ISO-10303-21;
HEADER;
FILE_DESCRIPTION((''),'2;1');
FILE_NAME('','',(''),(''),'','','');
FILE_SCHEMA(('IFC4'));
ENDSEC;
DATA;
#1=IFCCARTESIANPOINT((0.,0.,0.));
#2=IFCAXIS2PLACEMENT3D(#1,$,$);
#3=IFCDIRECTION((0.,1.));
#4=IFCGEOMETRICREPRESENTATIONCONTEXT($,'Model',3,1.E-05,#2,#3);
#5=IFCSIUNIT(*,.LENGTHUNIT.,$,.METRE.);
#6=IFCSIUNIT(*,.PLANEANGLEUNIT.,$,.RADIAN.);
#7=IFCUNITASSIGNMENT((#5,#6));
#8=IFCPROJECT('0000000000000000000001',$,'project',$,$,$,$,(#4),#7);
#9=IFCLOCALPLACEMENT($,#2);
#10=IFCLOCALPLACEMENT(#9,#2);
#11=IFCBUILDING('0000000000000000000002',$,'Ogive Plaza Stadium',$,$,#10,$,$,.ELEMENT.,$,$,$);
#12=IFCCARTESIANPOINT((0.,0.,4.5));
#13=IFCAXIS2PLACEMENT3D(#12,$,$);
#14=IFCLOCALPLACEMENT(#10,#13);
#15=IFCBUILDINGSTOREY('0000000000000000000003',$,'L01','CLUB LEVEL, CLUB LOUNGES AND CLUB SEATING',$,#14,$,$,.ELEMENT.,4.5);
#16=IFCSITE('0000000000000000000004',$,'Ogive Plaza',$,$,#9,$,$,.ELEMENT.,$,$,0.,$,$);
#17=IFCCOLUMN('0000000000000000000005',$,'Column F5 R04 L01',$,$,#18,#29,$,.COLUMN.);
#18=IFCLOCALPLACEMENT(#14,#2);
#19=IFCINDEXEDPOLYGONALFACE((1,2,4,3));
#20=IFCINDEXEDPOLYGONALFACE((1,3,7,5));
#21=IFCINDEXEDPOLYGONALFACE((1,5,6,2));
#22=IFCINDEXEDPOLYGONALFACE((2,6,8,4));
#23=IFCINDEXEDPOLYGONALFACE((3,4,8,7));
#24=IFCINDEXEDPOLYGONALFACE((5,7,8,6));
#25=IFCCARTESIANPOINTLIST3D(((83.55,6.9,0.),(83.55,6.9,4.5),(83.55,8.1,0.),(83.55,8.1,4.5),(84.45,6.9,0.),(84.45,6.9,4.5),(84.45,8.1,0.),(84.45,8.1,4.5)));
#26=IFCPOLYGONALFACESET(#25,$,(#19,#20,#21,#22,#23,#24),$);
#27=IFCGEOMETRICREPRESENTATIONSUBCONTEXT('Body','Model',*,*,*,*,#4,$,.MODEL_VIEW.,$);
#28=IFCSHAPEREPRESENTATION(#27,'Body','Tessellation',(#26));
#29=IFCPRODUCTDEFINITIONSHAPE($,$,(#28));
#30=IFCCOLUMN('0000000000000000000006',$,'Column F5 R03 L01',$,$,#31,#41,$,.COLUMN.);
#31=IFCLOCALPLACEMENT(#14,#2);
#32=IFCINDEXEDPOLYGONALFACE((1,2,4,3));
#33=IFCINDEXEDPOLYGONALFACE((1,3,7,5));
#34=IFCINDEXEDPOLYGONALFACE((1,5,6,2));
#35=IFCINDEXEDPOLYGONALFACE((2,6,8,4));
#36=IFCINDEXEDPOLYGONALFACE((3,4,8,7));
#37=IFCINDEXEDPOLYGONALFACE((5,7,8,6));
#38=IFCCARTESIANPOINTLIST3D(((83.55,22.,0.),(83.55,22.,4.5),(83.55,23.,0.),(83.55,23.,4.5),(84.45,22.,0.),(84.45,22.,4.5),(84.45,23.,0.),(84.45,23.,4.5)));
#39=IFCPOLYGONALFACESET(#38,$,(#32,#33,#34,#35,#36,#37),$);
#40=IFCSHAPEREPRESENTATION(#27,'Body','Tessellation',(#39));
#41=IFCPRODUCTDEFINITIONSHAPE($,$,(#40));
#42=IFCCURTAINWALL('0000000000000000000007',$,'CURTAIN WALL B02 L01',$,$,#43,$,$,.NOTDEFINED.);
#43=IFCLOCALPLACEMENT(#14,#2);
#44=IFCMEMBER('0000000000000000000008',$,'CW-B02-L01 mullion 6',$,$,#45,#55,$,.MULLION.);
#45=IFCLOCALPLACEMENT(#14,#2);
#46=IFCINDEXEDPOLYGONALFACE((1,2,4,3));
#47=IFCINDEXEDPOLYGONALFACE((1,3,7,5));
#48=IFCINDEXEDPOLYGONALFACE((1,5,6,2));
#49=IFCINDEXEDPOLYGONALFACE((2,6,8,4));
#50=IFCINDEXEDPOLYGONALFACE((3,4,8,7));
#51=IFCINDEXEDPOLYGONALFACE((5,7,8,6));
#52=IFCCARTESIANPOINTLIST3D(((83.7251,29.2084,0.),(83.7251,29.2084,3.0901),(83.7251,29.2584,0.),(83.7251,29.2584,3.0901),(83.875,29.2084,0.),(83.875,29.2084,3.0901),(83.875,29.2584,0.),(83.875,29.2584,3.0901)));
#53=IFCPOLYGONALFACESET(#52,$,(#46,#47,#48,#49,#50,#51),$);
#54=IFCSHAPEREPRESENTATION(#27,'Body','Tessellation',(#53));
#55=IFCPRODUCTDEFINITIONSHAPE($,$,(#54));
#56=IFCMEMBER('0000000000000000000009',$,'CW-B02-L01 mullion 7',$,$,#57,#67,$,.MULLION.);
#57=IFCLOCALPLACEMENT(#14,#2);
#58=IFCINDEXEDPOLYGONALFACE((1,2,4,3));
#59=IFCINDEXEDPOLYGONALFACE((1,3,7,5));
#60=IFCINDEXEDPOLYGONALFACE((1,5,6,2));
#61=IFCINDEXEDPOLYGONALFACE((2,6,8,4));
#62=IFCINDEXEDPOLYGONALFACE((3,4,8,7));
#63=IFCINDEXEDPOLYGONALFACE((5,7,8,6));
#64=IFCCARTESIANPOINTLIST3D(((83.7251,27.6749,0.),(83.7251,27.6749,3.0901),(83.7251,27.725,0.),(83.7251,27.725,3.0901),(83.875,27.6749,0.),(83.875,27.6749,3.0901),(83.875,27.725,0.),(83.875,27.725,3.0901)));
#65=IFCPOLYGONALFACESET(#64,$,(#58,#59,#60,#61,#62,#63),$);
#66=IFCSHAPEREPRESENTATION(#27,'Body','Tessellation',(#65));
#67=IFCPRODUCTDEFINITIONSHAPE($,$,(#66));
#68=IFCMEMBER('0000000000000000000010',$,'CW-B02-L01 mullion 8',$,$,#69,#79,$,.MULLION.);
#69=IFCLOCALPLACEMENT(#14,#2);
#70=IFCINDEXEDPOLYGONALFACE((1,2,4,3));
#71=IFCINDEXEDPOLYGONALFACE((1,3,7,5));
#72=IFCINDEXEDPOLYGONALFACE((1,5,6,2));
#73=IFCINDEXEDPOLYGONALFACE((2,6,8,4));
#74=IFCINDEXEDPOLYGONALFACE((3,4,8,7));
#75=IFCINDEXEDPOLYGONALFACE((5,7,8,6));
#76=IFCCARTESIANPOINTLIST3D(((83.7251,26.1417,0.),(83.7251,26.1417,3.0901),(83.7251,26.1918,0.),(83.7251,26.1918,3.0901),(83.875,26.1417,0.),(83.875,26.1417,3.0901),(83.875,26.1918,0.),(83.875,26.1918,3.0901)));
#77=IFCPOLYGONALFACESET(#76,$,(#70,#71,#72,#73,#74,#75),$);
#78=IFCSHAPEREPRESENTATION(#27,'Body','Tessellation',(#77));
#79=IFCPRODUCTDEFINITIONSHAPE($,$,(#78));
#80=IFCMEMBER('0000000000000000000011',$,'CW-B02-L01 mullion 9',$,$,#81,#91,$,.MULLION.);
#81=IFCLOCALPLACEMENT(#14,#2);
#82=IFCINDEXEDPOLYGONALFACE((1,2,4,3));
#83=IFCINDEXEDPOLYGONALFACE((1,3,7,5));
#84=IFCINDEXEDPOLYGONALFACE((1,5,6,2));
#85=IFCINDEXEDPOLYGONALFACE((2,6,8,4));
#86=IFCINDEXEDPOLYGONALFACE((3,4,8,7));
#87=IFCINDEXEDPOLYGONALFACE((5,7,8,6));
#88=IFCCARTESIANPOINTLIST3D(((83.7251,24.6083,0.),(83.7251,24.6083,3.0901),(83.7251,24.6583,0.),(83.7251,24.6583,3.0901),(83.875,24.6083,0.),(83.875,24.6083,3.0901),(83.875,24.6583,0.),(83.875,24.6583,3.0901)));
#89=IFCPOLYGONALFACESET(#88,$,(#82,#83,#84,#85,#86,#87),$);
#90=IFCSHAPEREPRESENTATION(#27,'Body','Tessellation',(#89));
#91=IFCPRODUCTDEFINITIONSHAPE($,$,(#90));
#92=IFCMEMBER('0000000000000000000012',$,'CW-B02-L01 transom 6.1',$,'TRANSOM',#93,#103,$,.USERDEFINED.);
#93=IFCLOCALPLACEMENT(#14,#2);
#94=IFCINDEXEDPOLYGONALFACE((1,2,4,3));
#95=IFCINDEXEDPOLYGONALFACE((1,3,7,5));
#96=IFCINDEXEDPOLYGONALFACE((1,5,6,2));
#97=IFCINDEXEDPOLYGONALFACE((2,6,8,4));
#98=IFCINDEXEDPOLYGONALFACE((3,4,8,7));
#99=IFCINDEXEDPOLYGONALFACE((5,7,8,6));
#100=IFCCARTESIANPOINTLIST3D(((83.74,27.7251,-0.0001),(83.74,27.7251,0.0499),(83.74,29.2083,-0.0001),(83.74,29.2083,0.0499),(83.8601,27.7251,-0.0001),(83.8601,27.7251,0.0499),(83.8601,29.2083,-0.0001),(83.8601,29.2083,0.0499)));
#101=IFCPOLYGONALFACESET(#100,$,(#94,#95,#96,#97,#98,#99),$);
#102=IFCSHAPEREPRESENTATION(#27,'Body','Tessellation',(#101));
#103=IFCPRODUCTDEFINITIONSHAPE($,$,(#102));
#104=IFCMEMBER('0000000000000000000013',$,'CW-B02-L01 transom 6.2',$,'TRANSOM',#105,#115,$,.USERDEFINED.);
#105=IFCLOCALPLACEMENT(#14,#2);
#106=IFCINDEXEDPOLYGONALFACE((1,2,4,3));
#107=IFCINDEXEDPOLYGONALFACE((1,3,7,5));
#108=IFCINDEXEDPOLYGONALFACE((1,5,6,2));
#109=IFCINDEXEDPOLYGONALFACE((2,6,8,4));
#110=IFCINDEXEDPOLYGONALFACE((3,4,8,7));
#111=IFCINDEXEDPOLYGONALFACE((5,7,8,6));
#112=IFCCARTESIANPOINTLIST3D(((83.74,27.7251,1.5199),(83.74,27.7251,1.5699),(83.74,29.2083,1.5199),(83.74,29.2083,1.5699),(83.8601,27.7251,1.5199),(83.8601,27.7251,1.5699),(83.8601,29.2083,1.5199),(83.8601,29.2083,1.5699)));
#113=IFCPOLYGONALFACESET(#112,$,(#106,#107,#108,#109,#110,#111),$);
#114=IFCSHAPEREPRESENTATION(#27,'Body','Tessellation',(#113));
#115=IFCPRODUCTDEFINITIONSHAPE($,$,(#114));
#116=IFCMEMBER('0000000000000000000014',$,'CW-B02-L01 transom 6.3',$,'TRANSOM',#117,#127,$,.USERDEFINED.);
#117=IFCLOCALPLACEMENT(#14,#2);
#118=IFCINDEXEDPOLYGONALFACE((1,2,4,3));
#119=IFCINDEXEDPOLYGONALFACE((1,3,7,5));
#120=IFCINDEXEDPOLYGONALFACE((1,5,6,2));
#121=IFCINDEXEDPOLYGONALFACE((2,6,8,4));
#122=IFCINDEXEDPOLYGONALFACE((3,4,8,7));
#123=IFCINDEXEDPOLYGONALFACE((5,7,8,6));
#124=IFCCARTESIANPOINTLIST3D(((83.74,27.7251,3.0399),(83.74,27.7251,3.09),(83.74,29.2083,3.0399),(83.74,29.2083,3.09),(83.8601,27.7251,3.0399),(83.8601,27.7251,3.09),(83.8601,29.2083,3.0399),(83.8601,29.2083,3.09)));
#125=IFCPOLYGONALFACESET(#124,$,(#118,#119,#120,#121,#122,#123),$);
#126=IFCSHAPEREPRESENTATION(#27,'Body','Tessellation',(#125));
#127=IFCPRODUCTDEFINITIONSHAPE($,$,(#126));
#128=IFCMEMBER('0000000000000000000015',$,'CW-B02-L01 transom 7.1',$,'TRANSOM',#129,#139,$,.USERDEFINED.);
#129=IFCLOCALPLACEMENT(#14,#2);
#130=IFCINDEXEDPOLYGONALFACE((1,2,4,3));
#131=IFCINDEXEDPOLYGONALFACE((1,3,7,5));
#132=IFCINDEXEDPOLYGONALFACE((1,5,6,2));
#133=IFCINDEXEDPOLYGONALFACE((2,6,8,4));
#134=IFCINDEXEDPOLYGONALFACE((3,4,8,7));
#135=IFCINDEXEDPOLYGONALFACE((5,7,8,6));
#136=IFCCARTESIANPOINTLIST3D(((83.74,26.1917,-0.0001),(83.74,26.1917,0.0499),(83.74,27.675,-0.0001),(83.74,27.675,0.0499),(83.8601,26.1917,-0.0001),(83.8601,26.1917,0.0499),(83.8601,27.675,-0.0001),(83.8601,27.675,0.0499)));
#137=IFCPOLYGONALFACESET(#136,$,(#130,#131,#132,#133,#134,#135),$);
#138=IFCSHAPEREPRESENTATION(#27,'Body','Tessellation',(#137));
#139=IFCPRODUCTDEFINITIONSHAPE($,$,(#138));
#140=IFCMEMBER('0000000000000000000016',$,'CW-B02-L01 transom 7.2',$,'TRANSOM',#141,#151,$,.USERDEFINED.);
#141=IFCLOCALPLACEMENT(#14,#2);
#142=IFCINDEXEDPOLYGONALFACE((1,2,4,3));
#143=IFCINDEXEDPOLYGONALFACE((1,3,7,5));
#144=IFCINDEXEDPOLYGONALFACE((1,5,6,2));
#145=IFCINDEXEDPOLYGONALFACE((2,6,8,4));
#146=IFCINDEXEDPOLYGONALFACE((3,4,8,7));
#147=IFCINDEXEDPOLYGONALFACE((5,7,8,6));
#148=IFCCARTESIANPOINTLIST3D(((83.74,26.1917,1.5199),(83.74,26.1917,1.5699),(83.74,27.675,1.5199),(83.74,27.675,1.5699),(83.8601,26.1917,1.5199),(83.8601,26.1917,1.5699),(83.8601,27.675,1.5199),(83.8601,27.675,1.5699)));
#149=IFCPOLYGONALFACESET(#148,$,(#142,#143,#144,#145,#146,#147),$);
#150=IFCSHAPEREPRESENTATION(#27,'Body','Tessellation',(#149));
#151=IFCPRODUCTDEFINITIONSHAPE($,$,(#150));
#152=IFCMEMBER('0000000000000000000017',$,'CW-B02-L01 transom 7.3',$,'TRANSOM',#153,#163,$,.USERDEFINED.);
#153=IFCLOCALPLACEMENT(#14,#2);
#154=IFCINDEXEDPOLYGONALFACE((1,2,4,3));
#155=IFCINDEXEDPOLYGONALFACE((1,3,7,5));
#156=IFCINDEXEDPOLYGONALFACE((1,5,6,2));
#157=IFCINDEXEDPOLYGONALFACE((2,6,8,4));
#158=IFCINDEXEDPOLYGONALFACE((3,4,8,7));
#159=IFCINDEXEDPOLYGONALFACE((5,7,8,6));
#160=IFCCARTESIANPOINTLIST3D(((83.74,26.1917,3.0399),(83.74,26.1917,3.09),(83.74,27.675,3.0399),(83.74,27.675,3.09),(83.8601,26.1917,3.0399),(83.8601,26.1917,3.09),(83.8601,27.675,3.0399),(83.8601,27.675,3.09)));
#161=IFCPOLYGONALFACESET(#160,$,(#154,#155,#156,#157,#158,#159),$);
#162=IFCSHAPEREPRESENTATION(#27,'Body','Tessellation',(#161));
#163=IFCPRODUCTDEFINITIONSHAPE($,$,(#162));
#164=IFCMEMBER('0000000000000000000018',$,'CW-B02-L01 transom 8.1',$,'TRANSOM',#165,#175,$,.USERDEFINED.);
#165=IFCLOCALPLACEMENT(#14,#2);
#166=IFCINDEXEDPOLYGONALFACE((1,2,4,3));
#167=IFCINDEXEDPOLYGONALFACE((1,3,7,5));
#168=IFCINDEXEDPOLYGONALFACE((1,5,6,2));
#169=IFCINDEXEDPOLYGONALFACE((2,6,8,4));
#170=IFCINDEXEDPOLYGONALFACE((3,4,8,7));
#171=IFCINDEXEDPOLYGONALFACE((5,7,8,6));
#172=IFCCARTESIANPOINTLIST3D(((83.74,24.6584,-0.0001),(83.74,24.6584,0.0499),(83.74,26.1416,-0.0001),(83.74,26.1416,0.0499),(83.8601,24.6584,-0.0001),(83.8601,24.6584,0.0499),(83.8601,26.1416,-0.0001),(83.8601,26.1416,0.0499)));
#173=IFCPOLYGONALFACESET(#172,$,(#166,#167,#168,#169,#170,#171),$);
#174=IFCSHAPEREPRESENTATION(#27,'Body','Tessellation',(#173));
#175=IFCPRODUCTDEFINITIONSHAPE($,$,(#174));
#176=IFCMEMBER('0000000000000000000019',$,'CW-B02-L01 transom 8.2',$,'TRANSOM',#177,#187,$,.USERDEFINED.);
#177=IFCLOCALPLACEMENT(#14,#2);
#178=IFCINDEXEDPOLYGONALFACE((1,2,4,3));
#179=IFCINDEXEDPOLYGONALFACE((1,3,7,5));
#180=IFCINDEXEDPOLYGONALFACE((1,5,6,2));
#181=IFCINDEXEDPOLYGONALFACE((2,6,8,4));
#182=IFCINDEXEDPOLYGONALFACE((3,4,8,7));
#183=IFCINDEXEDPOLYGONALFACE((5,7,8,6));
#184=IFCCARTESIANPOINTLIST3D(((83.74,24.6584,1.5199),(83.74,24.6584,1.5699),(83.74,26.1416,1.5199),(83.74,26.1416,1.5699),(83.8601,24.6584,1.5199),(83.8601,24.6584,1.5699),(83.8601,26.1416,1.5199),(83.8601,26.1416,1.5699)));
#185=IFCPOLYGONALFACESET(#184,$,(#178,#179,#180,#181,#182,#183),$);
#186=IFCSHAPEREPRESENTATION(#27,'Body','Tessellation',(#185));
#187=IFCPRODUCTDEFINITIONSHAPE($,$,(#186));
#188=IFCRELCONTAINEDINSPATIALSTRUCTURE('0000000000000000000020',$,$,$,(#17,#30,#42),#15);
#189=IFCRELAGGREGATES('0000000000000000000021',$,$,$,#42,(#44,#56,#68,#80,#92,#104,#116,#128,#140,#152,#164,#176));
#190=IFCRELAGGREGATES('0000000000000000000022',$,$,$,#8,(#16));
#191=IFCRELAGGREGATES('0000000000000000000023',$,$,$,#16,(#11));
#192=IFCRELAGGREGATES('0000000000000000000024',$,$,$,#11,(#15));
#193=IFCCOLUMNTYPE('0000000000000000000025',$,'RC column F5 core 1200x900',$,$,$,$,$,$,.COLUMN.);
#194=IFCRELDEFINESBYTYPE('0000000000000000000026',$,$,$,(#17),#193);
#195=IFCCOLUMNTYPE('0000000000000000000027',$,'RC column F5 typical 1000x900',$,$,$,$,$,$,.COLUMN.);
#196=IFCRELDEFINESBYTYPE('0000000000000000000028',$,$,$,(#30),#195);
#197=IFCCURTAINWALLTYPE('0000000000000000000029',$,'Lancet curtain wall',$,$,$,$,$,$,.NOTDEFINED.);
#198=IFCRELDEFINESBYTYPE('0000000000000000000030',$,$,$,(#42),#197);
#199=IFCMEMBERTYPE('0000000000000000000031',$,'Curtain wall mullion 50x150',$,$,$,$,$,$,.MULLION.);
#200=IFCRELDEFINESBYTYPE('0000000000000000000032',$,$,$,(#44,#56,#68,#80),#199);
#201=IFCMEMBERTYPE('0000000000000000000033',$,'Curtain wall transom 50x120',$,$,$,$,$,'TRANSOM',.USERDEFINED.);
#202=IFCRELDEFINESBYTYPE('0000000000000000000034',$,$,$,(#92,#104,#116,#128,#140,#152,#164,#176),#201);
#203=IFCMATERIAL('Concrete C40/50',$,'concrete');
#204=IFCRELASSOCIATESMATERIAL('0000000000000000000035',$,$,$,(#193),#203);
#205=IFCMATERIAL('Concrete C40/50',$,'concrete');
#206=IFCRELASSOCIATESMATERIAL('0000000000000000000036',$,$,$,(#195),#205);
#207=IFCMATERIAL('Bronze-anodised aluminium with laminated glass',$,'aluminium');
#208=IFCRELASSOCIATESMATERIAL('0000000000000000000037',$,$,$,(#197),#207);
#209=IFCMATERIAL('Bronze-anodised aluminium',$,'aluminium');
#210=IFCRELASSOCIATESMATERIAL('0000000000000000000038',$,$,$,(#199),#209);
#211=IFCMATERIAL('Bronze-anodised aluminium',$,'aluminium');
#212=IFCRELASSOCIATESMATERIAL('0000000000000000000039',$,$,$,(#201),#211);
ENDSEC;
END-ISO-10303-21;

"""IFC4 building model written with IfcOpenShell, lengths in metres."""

from ifc_helpers import new_model, si_unit, direction, frame, origin, origin_2d, place, context, subcontext, project, spatial, rectangle, extrude, material, material_profile, profile_set, type_object, element, aggregate, save


model = new_model("IFC4")

# Units and contexts
model_context = context("Model", 3, precision=1e-05, world=origin(), true_north=direction((0.0, 1.0)))
body_context = subcontext(model_context, "Body", "Model", "MODEL_VIEW")
ifc_project = project(units=[si_unit("LENGTHUNIT", "METRE"), si_unit("PLANEANGLEUNIT", "RADIAN")], contexts=[model_context])

# Site, building, storey
site_placement = place(None, origin())
site = spatial("IfcSite", under=ifc_project, at=site_placement, Name="Ogive Plaza", CompositionType="ELEMENT", RefElevation=0.0)
building_placement = place(site_placement, origin())
building = spatial("IfcBuilding", under=site, at=building_placement, Name="Ogive Plaza Stadium", CompositionType="ELEMENT")
storey_placement = place(building_placement, frame((0.0, 0.0, 4.5)))
storey = spatial("IfcBuildingStorey", under=building, at=storey_placement, Name="L01", Description="CLUB LEVEL, CLUB LOUNGES AND CLUB SEATING", CompositionType="ELEMENT", Elevation=4.5)

# Columns
ifc_material_1 = material(Name="Concrete C40/50", Category="concrete")
ifc_material_profile_1 = material_profile(ifc_material_1, rectangle(XDim=1.2, YDim=0.8999, at=origin_2d()), Name="RC 1200x900")
ifc_profile_set_1 = profile_set([ifc_material_profile_1], Name="Concrete C40/50")
column_type_1 = type_object("IfcColumnType", Name="RC column F5 core 1200x900", PredefinedType="COLUMN", material=ifc_profile_set_1)
column_1_placement = place(storey_placement, frame((84.0, 7.5, 0.0), z_axis=(0.0, 0.0, 1.0), x_axis=(0.0, 1.0, 0.0)))
element("IfcColumn", 1, at=column_1_placement, inside=storey, type_object=column_type_1, Name="Column F5 R04 L01", PredefinedType="COLUMN", context=body_context, shape_type="SweptSolid", body=[
    extrude(rectangle(XDim=1.2, YDim=0.8999, at=origin_2d()), origin(), (0.0, 0.0, 1.0), 4.5),
])
ifc_material_2 = material(Name="Concrete C40/50", Category="concrete")
ifc_material_profile_2 = material_profile(ifc_material_2, rectangle(XDim=1.0, YDim=0.8999, at=origin_2d()), Name="RC 1000x900")
ifc_profile_set_2 = profile_set([ifc_material_profile_2], Name="Concrete C40/50")
column_type_2 = type_object("IfcColumnType", Name="RC column F5 typical 1000x900", PredefinedType="COLUMN", material=ifc_profile_set_2)
column_2_placement = place(storey_placement, frame((84.0, 22.5, 0.0), z_axis=(0.0, 0.0, 1.0), x_axis=(0.0, 1.0, 0.0)))
element("IfcColumn", 2, at=column_2_placement, inside=storey, type_object=column_type_2, Name="Column F5 R03 L01", PredefinedType="COLUMN", context=body_context, shape_type="SweptSolid", body=[
    extrude(rectangle(XDim=1.0, YDim=0.8999, at=origin_2d()), origin(), (0.0, 0.0, 1.0), 4.5),
])

# Curtain wall, members
ifc_material_3 = material(Name="Bronze-anodised aluminium with laminated glass", Category="aluminium")
curtain_wall_type = type_object("IfcCurtainWallType", Name="Lancet curtain wall", PredefinedType="NOTDEFINED", material=ifc_material_3)
curtain_wall_placement = place(storey_placement, origin())
curtain_wall = element("IfcCurtainWall", 3, at=curtain_wall_placement, inside=storey, type_object=curtain_wall_type, Name="CURTAIN WALL B02 L01", PredefinedType="NOTDEFINED")
ifc_material_4 = material(Name="Bronze-anodised aluminium", Category="aluminium")
ifc_material_profile_3 = material_profile(ifc_material_4, rectangle(XDim=0.1499, YDim=0.05, at=origin_2d()), Name="AL 150x50")
ifc_profile_set_3 = profile_set([ifc_material_profile_3], Name="Bronze-anodised aluminium")
member_type_1 = type_object("IfcMemberType", Name="Curtain wall mullion 50x150", PredefinedType="MULLION", material=ifc_profile_set_3)
member_1_placement = place(storey_placement, frame((83.8, 29.2334, 0.0), z_axis=(0.0, 0.0, 1.0), x_axis=(1.0, 0.0, 0.0)))
member_1 = element("IfcMember", 4, at=member_1_placement, type_object=member_type_1, Name="CW-B02-L01 mullion 6", PredefinedType="MULLION", context=body_context, shape_type="SweptSolid", body=[
    extrude(rectangle(XDim=0.1499, YDim=0.05, at=origin_2d()), origin(), (0.0, 0.0, 1.0), 3.0901),
])
member_2_placement = place(storey_placement, frame((83.8, 27.7, 0.0), z_axis=(0.0, 0.0, 1.0), x_axis=(1.0, 0.0, 0.0)))
member_2 = element("IfcMember", 5, at=member_2_placement, type_object=member_type_1, Name="CW-B02-L01 mullion 7", PredefinedType="MULLION", context=body_context, shape_type="SweptSolid", body=[
    extrude(rectangle(XDim=0.1499, YDim=0.05, at=origin_2d()), origin(), (0.0, 0.0, 1.0), 3.0901),
])
member_3_placement = place(storey_placement, frame((83.8, 26.1667, 0.0), z_axis=(0.0, 0.0, 1.0), x_axis=(1.0, 0.0, 0.0)))
member_3 = element("IfcMember", 6, at=member_3_placement, type_object=member_type_1, Name="CW-B02-L01 mullion 8", PredefinedType="MULLION", context=body_context, shape_type="SweptSolid", body=[
    extrude(rectangle(XDim=0.1499, YDim=0.05, at=origin_2d()), origin(), (0.0, 0.0, 1.0), 3.0901),
])
member_4_placement = place(storey_placement, frame((83.8, 24.6333, 0.0), z_axis=(0.0, 0.0, 1.0), x_axis=(1.0, 0.0, 0.0)))
member_4 = element("IfcMember", 7, at=member_4_placement, type_object=member_type_1, Name="CW-B02-L01 mullion 9", PredefinedType="MULLION", context=body_context, shape_type="SweptSolid", body=[
    extrude(rectangle(XDim=0.1499, YDim=0.05, at=origin_2d()), origin(), (0.0, 0.0, 1.0), 3.0901),
])
ifc_material_5 = material(Name="Bronze-anodised aluminium", Category="aluminium")
ifc_material_profile_4 = material_profile(ifc_material_5, rectangle(XDim=0.1201, YDim=0.05, at=origin_2d()), Name="AL 120x50")
ifc_profile_set_4 = profile_set([ifc_material_profile_4], Name="Bronze-anodised aluminium")
member_type_2 = type_object("IfcMemberType", Name="Curtain wall transom 50x120", ElementType="TRANSOM", PredefinedType="USERDEFINED", material=ifc_profile_set_4)
member_5_placement = place(storey_placement, frame((83.8, 29.2083, 0.0249), z_axis=(0.0, -1.0, 0.0), x_axis=(1.0, 0.0, 0.0)))
member_5 = element("IfcMember", 8, at=member_5_placement, type_object=member_type_2, Name="CW-B02-L01 transom 6.1", ObjectType="TRANSOM", PredefinedType="USERDEFINED", context=body_context, shape_type="SweptSolid", body=[
    extrude(rectangle(XDim=0.1201, YDim=0.05, at=origin_2d()), origin(), (0.0, 0.0, 1.0), 1.4832),
])
member_6_placement = place(storey_placement, frame((83.8, 29.2083, 1.5449), z_axis=(0.0, -1.0, 0.0), x_axis=(1.0, 0.0, 0.0)))
member_6 = element("IfcMember", 9, at=member_6_placement, type_object=member_type_2, Name="CW-B02-L01 transom 6.2", ObjectType="TRANSOM", PredefinedType="USERDEFINED", context=body_context, shape_type="SweptSolid", body=[
    extrude(rectangle(XDim=0.1201, YDim=0.05, at=origin_2d()), origin(), (0.0, 0.0, 1.0), 1.4832),
])
member_7_placement = place(storey_placement, frame((83.8, 29.2083, 3.0649), z_axis=(0.0, -1.0, 0.0), x_axis=(1.0, 0.0, 0.0)))
member_7 = element("IfcMember", 10, at=member_7_placement, type_object=member_type_2, Name="CW-B02-L01 transom 6.3", ObjectType="TRANSOM", PredefinedType="USERDEFINED", context=body_context, shape_type="SweptSolid", body=[
    extrude(rectangle(XDim=0.1201, YDim=0.05, at=origin_2d()), origin(), (0.0, 0.0, 1.0), 1.4832),
])
member_8_placement = place(storey_placement, frame((83.8, 27.675, 0.0249), z_axis=(0.0, -1.0, 0.0), x_axis=(1.0, 0.0, 0.0)))
member_8 = element("IfcMember", 11, at=member_8_placement, type_object=member_type_2, Name="CW-B02-L01 transom 7.1", ObjectType="TRANSOM", PredefinedType="USERDEFINED", context=body_context, shape_type="SweptSolid", body=[
    extrude(rectangle(XDim=0.1201, YDim=0.05, at=origin_2d()), origin(), (0.0, 0.0, 1.0), 1.4834),
])
member_9_placement = place(storey_placement, frame((83.8, 27.675, 1.5449), z_axis=(0.0, -1.0, 0.0), x_axis=(1.0, 0.0, 0.0)))
member_9 = element("IfcMember", 12, at=member_9_placement, type_object=member_type_2, Name="CW-B02-L01 transom 7.2", ObjectType="TRANSOM", PredefinedType="USERDEFINED", context=body_context, shape_type="SweptSolid", body=[
    extrude(rectangle(XDim=0.1201, YDim=0.05, at=origin_2d()), origin(), (0.0, 0.0, 1.0), 1.4834),
])
member_10_placement = place(storey_placement, frame((83.8, 27.675, 3.0649), z_axis=(0.0, -1.0, 0.0), x_axis=(1.0, 0.0, 0.0)))
member_10 = element("IfcMember", 13, at=member_10_placement, type_object=member_type_2, Name="CW-B02-L01 transom 7.3", ObjectType="TRANSOM", PredefinedType="USERDEFINED", context=body_context, shape_type="SweptSolid", body=[
    extrude(rectangle(XDim=0.1201, YDim=0.05, at=origin_2d()), origin(), (0.0, 0.0, 1.0), 1.4834),
])
member_11_placement = place(storey_placement, frame((83.8, 26.1416, 0.0249), z_axis=(0.0, -1.0, 0.0), x_axis=(1.0, 0.0, 0.0)))
member_11 = element("IfcMember", 14, at=member_11_placement, type_object=member_type_2, Name="CW-B02-L01 transom 8.1", ObjectType="TRANSOM", PredefinedType="USERDEFINED", context=body_context, shape_type="SweptSolid", body=[
    extrude(rectangle(XDim=0.1201, YDim=0.05, at=origin_2d()), origin(), (0.0, 0.0, 1.0), 1.4832),
])
member_12_placement = place(storey_placement, frame((83.8, 26.1416, 1.5449), z_axis=(0.0, -1.0, 0.0), x_axis=(1.0, 0.0, 0.0)))
member_12 = element("IfcMember", 15, at=member_12_placement, type_object=member_type_2, Name="CW-B02-L01 transom 8.2", ObjectType="TRANSOM", PredefinedType="USERDEFINED", context=body_context, shape_type="SweptSolid", body=[
    extrude(rectangle(XDim=0.1201, YDim=0.05, at=origin_2d()), origin(), (0.0, 0.0, 1.0), 1.4832),
])

aggregate(curtain_wall, [member_1, member_2, member_3, member_4, member_5, member_6, member_7, member_8, member_9, member_10, member_11, member_12])

save(model, "model.ifc")
